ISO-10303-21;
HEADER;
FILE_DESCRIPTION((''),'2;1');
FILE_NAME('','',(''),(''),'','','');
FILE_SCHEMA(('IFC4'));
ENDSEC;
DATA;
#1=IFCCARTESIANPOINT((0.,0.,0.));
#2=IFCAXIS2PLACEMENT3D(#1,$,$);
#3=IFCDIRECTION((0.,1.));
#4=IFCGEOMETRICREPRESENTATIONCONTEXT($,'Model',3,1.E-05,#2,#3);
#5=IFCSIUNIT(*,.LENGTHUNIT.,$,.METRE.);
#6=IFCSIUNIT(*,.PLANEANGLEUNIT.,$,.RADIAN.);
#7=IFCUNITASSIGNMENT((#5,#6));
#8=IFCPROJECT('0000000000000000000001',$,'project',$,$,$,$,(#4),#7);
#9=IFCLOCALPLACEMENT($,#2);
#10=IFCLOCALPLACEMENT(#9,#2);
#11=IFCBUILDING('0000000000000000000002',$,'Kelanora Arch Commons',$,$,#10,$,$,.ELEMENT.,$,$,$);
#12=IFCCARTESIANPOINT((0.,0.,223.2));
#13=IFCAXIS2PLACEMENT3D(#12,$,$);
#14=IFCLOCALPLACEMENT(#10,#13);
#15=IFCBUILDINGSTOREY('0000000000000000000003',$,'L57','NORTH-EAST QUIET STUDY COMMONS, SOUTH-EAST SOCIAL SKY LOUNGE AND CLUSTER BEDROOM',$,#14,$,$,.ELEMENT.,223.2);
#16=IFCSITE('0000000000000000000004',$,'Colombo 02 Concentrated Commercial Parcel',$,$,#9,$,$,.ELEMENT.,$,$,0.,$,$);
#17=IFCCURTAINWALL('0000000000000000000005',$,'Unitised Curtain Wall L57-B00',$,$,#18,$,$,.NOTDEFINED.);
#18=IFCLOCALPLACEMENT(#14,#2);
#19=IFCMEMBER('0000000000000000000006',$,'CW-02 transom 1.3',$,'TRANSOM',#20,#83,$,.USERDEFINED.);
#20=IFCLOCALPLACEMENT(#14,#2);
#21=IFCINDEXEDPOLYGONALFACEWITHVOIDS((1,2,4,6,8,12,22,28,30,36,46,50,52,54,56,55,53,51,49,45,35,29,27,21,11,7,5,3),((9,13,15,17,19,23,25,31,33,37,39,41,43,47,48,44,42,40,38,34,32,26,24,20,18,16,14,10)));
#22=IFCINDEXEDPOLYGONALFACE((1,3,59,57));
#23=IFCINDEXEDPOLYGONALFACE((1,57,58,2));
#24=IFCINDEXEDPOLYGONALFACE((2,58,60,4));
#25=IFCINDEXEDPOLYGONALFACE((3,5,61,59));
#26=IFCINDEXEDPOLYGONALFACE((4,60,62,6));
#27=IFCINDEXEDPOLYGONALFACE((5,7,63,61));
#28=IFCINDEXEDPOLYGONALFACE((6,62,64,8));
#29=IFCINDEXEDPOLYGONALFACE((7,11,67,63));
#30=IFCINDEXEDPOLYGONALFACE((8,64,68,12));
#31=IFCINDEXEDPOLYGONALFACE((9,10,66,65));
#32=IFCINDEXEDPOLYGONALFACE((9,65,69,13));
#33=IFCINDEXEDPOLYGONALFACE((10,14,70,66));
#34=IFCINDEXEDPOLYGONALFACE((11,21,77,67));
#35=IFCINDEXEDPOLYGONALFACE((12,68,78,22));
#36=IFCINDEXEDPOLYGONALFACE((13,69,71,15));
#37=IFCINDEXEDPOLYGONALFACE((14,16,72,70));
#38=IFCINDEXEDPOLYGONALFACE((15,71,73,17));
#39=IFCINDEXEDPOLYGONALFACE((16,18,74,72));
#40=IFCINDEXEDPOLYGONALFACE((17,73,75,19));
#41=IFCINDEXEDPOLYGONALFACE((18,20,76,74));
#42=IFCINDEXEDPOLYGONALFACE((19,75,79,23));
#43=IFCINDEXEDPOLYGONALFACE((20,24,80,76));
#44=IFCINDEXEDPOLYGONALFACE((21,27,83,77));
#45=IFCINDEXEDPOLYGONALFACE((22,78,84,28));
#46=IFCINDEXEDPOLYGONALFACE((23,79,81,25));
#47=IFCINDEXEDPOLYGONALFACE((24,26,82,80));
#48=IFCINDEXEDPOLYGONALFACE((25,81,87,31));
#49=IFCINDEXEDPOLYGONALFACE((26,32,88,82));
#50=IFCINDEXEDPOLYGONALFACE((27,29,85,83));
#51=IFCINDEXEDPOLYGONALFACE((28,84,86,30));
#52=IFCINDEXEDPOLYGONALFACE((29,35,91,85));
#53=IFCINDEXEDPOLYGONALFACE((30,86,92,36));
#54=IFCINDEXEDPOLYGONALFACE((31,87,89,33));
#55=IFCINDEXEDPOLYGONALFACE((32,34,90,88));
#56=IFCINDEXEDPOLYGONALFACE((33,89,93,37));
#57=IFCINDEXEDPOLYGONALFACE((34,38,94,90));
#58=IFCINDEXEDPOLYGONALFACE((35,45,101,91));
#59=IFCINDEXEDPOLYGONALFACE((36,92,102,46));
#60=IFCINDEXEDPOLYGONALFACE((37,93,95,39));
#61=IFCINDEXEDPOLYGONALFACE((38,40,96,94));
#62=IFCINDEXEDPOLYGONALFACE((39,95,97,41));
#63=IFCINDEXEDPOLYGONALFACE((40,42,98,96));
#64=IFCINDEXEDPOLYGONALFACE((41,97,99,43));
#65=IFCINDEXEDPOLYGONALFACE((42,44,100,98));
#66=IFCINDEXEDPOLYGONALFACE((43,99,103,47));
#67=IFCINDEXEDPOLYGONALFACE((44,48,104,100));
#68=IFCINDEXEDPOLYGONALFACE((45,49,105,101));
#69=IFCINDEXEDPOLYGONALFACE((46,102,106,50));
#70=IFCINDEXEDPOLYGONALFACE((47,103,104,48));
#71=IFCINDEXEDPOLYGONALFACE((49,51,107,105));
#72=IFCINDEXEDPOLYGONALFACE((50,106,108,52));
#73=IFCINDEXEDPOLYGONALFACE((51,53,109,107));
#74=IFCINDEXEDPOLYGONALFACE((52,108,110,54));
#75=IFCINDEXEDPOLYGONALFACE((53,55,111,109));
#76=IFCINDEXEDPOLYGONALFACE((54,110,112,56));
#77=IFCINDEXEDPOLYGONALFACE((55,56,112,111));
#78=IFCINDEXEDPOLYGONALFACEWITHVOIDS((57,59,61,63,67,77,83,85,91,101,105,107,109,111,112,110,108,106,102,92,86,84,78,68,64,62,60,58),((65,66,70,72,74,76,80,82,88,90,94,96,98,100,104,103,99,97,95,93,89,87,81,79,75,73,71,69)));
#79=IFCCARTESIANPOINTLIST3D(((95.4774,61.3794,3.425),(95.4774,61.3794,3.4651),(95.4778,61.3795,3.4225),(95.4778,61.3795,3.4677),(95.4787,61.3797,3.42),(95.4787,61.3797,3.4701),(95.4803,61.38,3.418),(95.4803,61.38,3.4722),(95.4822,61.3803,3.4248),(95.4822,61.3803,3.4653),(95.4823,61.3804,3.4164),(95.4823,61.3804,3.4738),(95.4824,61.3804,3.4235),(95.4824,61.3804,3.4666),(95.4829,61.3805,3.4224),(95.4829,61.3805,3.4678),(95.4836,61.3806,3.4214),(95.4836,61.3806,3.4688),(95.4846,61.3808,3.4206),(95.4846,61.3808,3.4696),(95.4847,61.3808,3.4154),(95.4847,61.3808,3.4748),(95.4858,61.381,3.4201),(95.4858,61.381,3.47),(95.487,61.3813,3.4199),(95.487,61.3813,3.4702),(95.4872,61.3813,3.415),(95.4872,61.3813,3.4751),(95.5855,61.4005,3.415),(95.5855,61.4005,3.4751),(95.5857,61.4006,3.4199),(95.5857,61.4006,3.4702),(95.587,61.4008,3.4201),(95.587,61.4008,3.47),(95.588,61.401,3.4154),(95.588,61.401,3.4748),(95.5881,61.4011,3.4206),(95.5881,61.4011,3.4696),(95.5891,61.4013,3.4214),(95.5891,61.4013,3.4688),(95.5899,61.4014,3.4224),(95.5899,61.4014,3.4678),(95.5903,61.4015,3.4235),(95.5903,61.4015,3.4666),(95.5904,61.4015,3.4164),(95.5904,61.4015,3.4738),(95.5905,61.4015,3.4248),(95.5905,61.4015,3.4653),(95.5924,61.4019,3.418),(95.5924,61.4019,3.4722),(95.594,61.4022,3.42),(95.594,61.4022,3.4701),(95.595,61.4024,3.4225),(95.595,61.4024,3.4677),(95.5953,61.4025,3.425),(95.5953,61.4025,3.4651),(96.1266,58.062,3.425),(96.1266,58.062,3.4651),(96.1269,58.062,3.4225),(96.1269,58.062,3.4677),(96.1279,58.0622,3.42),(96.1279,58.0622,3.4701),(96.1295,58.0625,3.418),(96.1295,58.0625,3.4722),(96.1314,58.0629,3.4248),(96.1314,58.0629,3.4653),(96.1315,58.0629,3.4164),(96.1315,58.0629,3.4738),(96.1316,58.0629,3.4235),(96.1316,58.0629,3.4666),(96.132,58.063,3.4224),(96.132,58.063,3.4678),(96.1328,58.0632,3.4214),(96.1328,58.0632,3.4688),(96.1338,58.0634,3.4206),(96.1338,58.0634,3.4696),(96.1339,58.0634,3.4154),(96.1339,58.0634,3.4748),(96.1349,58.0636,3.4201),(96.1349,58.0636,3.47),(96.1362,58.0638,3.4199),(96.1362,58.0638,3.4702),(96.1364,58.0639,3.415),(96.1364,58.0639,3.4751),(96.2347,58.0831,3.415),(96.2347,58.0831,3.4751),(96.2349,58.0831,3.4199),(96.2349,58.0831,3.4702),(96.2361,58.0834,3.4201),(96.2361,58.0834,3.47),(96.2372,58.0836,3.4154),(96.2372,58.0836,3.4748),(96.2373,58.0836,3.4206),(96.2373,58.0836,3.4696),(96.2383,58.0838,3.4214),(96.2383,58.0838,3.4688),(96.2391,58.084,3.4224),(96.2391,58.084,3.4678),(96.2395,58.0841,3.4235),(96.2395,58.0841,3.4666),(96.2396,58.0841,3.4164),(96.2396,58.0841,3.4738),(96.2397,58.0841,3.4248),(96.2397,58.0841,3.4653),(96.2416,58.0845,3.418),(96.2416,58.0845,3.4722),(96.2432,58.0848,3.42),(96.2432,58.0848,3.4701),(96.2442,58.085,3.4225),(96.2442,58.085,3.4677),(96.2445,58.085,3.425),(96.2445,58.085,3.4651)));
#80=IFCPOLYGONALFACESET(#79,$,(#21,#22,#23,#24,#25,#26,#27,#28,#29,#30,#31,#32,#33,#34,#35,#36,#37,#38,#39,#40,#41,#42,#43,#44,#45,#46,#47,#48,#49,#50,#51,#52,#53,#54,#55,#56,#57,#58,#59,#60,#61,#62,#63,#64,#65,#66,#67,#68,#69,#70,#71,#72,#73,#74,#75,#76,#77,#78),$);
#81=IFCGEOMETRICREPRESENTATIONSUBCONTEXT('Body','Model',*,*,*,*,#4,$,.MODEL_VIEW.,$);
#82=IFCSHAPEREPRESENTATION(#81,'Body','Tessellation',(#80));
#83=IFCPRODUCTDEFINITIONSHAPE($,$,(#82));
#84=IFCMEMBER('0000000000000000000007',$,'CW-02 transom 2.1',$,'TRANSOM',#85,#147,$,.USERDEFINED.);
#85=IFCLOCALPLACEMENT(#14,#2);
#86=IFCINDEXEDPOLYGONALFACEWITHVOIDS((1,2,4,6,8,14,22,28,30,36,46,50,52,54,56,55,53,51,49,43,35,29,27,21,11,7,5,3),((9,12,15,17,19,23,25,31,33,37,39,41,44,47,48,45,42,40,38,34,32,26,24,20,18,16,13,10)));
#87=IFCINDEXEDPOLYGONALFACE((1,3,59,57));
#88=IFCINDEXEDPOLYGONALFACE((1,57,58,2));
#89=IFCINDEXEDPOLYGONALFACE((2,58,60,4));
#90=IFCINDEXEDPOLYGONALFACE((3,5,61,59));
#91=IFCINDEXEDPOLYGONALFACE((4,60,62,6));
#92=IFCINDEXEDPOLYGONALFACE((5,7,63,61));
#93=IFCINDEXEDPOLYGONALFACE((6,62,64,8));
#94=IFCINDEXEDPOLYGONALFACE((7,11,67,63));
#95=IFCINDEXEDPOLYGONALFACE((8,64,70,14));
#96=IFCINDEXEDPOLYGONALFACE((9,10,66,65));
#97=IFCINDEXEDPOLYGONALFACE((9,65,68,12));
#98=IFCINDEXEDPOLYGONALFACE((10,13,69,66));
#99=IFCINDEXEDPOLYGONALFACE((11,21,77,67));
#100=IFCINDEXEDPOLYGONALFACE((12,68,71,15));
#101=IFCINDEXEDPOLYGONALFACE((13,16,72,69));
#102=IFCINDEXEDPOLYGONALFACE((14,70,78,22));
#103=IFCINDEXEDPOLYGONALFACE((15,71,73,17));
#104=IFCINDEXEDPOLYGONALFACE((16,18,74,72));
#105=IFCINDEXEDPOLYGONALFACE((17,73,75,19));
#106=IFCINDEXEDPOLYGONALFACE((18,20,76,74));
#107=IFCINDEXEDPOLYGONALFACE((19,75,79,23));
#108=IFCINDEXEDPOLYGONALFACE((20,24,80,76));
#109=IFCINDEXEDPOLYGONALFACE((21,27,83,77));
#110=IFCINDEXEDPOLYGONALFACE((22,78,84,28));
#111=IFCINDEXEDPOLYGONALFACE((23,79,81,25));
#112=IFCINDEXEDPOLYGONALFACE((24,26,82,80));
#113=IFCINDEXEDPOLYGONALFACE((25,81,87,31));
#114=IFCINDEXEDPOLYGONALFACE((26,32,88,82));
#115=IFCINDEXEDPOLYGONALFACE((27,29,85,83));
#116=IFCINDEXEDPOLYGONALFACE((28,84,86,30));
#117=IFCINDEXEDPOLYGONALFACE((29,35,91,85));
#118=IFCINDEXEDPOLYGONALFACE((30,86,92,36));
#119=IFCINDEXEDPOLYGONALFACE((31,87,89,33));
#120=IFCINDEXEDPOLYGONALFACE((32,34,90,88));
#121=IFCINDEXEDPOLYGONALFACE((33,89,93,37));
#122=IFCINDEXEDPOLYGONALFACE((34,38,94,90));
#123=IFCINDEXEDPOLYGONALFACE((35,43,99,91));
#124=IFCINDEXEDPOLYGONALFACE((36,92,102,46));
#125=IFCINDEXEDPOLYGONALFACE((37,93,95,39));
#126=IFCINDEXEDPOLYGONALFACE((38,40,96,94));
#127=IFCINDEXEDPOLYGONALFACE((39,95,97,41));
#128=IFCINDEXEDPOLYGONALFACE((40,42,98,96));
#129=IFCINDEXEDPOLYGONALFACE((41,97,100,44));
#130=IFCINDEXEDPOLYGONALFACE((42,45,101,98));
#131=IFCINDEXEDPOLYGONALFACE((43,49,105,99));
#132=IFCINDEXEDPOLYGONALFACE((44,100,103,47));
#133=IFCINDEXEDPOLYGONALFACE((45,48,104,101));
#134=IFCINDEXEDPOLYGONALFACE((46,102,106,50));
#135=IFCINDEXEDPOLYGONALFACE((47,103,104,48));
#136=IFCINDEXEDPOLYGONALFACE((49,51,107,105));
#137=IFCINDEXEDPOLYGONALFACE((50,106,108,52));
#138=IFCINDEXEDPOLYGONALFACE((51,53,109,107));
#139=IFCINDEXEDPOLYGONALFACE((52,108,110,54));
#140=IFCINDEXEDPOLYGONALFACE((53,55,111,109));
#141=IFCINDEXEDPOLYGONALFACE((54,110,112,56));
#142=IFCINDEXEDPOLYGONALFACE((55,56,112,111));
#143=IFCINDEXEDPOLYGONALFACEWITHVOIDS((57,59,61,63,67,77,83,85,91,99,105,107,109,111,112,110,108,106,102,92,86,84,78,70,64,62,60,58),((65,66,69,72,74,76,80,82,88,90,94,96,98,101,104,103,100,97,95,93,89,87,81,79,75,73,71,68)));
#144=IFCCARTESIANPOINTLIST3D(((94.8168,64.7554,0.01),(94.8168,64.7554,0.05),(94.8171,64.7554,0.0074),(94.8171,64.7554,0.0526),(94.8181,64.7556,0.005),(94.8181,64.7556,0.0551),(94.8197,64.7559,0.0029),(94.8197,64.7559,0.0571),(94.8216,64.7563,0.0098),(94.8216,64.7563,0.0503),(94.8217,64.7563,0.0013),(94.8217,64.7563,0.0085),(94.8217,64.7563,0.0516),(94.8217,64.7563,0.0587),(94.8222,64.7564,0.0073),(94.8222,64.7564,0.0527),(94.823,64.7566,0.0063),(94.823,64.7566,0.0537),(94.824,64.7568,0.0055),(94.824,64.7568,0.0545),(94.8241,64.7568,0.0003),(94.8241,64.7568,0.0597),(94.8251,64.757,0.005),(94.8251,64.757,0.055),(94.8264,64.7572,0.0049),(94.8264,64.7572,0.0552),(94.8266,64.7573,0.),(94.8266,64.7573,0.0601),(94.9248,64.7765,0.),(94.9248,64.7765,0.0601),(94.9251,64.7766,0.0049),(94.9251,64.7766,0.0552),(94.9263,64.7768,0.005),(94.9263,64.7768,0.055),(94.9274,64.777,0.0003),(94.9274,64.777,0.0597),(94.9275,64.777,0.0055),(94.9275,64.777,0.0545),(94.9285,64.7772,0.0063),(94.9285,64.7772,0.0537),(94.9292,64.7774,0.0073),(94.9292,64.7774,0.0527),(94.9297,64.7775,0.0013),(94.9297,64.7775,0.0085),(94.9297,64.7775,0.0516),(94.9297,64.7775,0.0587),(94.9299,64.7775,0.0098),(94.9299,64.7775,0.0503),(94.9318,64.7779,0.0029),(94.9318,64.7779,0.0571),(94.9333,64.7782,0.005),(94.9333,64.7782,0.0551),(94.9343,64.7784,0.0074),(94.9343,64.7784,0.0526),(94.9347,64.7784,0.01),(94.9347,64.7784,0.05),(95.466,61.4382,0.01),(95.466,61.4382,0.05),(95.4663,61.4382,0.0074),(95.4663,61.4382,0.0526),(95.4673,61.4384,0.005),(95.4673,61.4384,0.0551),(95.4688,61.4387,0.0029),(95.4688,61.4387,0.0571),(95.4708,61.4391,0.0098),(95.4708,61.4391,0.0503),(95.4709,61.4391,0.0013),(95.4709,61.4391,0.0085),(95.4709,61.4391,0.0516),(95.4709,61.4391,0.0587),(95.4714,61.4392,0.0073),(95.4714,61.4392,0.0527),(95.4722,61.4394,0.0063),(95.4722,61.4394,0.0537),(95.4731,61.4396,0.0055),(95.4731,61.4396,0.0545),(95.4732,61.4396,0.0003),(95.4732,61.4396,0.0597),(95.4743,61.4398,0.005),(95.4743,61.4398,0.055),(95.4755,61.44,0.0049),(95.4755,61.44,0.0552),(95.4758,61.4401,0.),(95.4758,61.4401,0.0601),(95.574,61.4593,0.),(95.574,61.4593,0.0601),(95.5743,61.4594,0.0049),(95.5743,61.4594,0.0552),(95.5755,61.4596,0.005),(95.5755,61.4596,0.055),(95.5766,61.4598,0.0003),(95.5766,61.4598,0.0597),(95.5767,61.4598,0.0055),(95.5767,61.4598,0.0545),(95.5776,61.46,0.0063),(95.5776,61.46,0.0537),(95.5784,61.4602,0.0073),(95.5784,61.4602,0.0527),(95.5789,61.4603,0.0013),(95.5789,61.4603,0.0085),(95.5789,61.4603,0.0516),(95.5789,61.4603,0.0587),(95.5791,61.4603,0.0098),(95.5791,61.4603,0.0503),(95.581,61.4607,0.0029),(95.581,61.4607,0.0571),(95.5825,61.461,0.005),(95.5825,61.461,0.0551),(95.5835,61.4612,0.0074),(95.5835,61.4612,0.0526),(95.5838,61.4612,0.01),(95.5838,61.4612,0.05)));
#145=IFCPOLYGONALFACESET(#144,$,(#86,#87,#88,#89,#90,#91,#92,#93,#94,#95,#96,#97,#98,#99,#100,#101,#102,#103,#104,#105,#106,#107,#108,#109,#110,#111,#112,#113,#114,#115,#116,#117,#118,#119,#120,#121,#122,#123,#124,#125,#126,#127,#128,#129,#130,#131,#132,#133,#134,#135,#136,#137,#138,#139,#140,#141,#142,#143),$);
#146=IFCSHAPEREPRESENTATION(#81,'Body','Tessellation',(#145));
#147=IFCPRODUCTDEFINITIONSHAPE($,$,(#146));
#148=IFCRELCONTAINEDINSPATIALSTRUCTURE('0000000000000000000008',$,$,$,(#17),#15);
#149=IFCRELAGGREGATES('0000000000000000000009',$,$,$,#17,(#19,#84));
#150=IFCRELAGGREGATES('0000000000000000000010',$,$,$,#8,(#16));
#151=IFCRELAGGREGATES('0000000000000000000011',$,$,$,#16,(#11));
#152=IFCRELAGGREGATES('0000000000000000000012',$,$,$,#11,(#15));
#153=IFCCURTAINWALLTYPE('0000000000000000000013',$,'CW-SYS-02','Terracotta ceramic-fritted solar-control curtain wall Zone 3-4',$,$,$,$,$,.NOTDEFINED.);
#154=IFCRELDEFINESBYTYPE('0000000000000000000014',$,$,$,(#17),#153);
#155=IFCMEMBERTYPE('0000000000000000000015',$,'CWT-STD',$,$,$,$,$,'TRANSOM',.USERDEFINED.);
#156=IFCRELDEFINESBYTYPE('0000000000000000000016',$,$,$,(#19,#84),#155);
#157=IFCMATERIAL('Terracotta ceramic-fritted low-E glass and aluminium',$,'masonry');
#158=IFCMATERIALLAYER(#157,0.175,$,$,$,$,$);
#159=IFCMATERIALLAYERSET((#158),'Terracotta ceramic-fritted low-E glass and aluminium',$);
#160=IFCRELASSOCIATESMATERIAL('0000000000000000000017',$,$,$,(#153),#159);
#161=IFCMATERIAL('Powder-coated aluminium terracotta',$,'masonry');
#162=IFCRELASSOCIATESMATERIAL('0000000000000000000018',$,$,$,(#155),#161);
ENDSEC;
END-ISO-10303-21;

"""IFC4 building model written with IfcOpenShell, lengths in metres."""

from ifc_helpers import new_model, si_unit, direction, frame, origin, origin_2d, place, context, subcontext, project, spatial, hollow_rectangle, extrude, material, layer, layer_set, material_profile, profile_set, type_object, element, aggregate, save


model = new_model("IFC4")

# Units and contexts
model_context = context("Model", 3, precision=1e-05, world=origin(), true_north=direction((0.0, 1.0)))
body_context = subcontext(model_context, "Body", "Model", "MODEL_VIEW")
ifc_project = project(units=[si_unit("LENGTHUNIT", "METRE"), si_unit("PLANEANGLEUNIT", "RADIAN")], contexts=[model_context])

# Site, building, storey
site_placement = place(None, origin())
site = spatial("IfcSite", under=ifc_project, at=site_placement, Name="Colombo 02 Concentrated Commercial Parcel", CompositionType="ELEMENT", RefElevation=0.0)
building_placement = place(site_placement, origin())
building = spatial("IfcBuilding", under=site, at=building_placement, Name="Kelanora Arch Commons", CompositionType="ELEMENT")
storey_placement = place(building_placement, frame((0.0, 0.0, 223.2)))
storey = spatial("IfcBuildingStorey", under=building, at=storey_placement, Name="L57", Description="NORTH-EAST QUIET STUDY COMMONS, SOUTH-EAST SOCIAL SKY LOUNGE AND CLUSTER BEDROOM", CompositionType="ELEMENT", Elevation=223.2)

# Curtain wall, members
ifc_material_1 = material(Name="Terracotta ceramic-fritted low-E glass and aluminium", Category="masonry")
ifc_layer_1 = layer(ifc_material_1, 0.175)
ifc_layer_set_1 = layer_set([ifc_layer_1], Name="Terracotta ceramic-fritted low-E glass and aluminium")
curtain_wall_type = type_object("IfcCurtainWallType", Name="CW-SYS-02", Description="Terracotta ceramic-fritted solar-control curtain wall Zone 3-4", PredefinedType="NOTDEFINED", material=ifc_layer_set_1)
curtain_wall_placement = place(storey_placement, origin())
curtain_wall = element("IfcCurtainWall", 1, at=curtain_wall_placement, inside=storey, type_object=curtain_wall_type, Name="Unitised Curtain Wall L57-B00", PredefinedType="NOTDEFINED")
ifc_material_2 = material(Name="Powder-coated aluminium terracotta", Category="masonry")
ifc_material_profile_1 = material_profile(ifc_material_2, hollow_rectangle(XDim=0.1201, YDim=0.0601, WallThickness=0.0049, InnerFilletRadius=0.0049, OuterFilletRadius=0.01, at=origin_2d()), Name="CWT120x60")
ifc_profile_set_1 = profile_set([ifc_material_profile_1], Name="Powder-coated aluminium terracotta")
member_type_1 = type_object("IfcMemberType", Name="CWT-STD", ElementType="TRANSOM", PredefinedType="USERDEFINED", material=ifc_profile_set_1)
member_1_placement = place(storey_placement, frame((96.1855, 58.0735, 3.4451), z_axis=(-0.192045, 0.981386, 0.0), x_axis=(-0.981386, -0.192045, 0.0)))
member_1 = element("IfcMember", 2, at=member_1_placement, type_object=member_type_1, Name="CW-02 transom 1.3", ObjectType="TRANSOM", PredefinedType="USERDEFINED", context=body_context, shape_type="SweptSolid", body=[
    extrude(hollow_rectangle(XDim=0.1201, YDim=0.0601, WallThickness=0.0049, InnerFilletRadius=0.0049, OuterFilletRadius=0.01, at=origin_2d()), origin(), (0.0, 0.0, 1.0), 3.3804),
])
member_2_placement = place(storey_placement, frame((95.5249, 61.4497, 0.03), z_axis=(-0.192058, 0.981383, 0.0), x_axis=(-0.981383, -0.192058, 0.0)))
member_2 = element("IfcMember", 3, at=member_2_placement, type_object=member_type_1, Name="CW-02 transom 2.1", ObjectType="TRANSOM", PredefinedType="USERDEFINED", context=body_context, shape_type="SweptSolid", body=[
    extrude(hollow_rectangle(XDim=0.1201, YDim=0.0601, WallThickness=0.0049, InnerFilletRadius=0.0049, OuterFilletRadius=0.01, at=origin_2d()), origin(), (0.0, 0.0, 1.0), 3.3801),
])
aggregate(curtain_wall, [member_1, member_2])

save(model, "model.ifc")
